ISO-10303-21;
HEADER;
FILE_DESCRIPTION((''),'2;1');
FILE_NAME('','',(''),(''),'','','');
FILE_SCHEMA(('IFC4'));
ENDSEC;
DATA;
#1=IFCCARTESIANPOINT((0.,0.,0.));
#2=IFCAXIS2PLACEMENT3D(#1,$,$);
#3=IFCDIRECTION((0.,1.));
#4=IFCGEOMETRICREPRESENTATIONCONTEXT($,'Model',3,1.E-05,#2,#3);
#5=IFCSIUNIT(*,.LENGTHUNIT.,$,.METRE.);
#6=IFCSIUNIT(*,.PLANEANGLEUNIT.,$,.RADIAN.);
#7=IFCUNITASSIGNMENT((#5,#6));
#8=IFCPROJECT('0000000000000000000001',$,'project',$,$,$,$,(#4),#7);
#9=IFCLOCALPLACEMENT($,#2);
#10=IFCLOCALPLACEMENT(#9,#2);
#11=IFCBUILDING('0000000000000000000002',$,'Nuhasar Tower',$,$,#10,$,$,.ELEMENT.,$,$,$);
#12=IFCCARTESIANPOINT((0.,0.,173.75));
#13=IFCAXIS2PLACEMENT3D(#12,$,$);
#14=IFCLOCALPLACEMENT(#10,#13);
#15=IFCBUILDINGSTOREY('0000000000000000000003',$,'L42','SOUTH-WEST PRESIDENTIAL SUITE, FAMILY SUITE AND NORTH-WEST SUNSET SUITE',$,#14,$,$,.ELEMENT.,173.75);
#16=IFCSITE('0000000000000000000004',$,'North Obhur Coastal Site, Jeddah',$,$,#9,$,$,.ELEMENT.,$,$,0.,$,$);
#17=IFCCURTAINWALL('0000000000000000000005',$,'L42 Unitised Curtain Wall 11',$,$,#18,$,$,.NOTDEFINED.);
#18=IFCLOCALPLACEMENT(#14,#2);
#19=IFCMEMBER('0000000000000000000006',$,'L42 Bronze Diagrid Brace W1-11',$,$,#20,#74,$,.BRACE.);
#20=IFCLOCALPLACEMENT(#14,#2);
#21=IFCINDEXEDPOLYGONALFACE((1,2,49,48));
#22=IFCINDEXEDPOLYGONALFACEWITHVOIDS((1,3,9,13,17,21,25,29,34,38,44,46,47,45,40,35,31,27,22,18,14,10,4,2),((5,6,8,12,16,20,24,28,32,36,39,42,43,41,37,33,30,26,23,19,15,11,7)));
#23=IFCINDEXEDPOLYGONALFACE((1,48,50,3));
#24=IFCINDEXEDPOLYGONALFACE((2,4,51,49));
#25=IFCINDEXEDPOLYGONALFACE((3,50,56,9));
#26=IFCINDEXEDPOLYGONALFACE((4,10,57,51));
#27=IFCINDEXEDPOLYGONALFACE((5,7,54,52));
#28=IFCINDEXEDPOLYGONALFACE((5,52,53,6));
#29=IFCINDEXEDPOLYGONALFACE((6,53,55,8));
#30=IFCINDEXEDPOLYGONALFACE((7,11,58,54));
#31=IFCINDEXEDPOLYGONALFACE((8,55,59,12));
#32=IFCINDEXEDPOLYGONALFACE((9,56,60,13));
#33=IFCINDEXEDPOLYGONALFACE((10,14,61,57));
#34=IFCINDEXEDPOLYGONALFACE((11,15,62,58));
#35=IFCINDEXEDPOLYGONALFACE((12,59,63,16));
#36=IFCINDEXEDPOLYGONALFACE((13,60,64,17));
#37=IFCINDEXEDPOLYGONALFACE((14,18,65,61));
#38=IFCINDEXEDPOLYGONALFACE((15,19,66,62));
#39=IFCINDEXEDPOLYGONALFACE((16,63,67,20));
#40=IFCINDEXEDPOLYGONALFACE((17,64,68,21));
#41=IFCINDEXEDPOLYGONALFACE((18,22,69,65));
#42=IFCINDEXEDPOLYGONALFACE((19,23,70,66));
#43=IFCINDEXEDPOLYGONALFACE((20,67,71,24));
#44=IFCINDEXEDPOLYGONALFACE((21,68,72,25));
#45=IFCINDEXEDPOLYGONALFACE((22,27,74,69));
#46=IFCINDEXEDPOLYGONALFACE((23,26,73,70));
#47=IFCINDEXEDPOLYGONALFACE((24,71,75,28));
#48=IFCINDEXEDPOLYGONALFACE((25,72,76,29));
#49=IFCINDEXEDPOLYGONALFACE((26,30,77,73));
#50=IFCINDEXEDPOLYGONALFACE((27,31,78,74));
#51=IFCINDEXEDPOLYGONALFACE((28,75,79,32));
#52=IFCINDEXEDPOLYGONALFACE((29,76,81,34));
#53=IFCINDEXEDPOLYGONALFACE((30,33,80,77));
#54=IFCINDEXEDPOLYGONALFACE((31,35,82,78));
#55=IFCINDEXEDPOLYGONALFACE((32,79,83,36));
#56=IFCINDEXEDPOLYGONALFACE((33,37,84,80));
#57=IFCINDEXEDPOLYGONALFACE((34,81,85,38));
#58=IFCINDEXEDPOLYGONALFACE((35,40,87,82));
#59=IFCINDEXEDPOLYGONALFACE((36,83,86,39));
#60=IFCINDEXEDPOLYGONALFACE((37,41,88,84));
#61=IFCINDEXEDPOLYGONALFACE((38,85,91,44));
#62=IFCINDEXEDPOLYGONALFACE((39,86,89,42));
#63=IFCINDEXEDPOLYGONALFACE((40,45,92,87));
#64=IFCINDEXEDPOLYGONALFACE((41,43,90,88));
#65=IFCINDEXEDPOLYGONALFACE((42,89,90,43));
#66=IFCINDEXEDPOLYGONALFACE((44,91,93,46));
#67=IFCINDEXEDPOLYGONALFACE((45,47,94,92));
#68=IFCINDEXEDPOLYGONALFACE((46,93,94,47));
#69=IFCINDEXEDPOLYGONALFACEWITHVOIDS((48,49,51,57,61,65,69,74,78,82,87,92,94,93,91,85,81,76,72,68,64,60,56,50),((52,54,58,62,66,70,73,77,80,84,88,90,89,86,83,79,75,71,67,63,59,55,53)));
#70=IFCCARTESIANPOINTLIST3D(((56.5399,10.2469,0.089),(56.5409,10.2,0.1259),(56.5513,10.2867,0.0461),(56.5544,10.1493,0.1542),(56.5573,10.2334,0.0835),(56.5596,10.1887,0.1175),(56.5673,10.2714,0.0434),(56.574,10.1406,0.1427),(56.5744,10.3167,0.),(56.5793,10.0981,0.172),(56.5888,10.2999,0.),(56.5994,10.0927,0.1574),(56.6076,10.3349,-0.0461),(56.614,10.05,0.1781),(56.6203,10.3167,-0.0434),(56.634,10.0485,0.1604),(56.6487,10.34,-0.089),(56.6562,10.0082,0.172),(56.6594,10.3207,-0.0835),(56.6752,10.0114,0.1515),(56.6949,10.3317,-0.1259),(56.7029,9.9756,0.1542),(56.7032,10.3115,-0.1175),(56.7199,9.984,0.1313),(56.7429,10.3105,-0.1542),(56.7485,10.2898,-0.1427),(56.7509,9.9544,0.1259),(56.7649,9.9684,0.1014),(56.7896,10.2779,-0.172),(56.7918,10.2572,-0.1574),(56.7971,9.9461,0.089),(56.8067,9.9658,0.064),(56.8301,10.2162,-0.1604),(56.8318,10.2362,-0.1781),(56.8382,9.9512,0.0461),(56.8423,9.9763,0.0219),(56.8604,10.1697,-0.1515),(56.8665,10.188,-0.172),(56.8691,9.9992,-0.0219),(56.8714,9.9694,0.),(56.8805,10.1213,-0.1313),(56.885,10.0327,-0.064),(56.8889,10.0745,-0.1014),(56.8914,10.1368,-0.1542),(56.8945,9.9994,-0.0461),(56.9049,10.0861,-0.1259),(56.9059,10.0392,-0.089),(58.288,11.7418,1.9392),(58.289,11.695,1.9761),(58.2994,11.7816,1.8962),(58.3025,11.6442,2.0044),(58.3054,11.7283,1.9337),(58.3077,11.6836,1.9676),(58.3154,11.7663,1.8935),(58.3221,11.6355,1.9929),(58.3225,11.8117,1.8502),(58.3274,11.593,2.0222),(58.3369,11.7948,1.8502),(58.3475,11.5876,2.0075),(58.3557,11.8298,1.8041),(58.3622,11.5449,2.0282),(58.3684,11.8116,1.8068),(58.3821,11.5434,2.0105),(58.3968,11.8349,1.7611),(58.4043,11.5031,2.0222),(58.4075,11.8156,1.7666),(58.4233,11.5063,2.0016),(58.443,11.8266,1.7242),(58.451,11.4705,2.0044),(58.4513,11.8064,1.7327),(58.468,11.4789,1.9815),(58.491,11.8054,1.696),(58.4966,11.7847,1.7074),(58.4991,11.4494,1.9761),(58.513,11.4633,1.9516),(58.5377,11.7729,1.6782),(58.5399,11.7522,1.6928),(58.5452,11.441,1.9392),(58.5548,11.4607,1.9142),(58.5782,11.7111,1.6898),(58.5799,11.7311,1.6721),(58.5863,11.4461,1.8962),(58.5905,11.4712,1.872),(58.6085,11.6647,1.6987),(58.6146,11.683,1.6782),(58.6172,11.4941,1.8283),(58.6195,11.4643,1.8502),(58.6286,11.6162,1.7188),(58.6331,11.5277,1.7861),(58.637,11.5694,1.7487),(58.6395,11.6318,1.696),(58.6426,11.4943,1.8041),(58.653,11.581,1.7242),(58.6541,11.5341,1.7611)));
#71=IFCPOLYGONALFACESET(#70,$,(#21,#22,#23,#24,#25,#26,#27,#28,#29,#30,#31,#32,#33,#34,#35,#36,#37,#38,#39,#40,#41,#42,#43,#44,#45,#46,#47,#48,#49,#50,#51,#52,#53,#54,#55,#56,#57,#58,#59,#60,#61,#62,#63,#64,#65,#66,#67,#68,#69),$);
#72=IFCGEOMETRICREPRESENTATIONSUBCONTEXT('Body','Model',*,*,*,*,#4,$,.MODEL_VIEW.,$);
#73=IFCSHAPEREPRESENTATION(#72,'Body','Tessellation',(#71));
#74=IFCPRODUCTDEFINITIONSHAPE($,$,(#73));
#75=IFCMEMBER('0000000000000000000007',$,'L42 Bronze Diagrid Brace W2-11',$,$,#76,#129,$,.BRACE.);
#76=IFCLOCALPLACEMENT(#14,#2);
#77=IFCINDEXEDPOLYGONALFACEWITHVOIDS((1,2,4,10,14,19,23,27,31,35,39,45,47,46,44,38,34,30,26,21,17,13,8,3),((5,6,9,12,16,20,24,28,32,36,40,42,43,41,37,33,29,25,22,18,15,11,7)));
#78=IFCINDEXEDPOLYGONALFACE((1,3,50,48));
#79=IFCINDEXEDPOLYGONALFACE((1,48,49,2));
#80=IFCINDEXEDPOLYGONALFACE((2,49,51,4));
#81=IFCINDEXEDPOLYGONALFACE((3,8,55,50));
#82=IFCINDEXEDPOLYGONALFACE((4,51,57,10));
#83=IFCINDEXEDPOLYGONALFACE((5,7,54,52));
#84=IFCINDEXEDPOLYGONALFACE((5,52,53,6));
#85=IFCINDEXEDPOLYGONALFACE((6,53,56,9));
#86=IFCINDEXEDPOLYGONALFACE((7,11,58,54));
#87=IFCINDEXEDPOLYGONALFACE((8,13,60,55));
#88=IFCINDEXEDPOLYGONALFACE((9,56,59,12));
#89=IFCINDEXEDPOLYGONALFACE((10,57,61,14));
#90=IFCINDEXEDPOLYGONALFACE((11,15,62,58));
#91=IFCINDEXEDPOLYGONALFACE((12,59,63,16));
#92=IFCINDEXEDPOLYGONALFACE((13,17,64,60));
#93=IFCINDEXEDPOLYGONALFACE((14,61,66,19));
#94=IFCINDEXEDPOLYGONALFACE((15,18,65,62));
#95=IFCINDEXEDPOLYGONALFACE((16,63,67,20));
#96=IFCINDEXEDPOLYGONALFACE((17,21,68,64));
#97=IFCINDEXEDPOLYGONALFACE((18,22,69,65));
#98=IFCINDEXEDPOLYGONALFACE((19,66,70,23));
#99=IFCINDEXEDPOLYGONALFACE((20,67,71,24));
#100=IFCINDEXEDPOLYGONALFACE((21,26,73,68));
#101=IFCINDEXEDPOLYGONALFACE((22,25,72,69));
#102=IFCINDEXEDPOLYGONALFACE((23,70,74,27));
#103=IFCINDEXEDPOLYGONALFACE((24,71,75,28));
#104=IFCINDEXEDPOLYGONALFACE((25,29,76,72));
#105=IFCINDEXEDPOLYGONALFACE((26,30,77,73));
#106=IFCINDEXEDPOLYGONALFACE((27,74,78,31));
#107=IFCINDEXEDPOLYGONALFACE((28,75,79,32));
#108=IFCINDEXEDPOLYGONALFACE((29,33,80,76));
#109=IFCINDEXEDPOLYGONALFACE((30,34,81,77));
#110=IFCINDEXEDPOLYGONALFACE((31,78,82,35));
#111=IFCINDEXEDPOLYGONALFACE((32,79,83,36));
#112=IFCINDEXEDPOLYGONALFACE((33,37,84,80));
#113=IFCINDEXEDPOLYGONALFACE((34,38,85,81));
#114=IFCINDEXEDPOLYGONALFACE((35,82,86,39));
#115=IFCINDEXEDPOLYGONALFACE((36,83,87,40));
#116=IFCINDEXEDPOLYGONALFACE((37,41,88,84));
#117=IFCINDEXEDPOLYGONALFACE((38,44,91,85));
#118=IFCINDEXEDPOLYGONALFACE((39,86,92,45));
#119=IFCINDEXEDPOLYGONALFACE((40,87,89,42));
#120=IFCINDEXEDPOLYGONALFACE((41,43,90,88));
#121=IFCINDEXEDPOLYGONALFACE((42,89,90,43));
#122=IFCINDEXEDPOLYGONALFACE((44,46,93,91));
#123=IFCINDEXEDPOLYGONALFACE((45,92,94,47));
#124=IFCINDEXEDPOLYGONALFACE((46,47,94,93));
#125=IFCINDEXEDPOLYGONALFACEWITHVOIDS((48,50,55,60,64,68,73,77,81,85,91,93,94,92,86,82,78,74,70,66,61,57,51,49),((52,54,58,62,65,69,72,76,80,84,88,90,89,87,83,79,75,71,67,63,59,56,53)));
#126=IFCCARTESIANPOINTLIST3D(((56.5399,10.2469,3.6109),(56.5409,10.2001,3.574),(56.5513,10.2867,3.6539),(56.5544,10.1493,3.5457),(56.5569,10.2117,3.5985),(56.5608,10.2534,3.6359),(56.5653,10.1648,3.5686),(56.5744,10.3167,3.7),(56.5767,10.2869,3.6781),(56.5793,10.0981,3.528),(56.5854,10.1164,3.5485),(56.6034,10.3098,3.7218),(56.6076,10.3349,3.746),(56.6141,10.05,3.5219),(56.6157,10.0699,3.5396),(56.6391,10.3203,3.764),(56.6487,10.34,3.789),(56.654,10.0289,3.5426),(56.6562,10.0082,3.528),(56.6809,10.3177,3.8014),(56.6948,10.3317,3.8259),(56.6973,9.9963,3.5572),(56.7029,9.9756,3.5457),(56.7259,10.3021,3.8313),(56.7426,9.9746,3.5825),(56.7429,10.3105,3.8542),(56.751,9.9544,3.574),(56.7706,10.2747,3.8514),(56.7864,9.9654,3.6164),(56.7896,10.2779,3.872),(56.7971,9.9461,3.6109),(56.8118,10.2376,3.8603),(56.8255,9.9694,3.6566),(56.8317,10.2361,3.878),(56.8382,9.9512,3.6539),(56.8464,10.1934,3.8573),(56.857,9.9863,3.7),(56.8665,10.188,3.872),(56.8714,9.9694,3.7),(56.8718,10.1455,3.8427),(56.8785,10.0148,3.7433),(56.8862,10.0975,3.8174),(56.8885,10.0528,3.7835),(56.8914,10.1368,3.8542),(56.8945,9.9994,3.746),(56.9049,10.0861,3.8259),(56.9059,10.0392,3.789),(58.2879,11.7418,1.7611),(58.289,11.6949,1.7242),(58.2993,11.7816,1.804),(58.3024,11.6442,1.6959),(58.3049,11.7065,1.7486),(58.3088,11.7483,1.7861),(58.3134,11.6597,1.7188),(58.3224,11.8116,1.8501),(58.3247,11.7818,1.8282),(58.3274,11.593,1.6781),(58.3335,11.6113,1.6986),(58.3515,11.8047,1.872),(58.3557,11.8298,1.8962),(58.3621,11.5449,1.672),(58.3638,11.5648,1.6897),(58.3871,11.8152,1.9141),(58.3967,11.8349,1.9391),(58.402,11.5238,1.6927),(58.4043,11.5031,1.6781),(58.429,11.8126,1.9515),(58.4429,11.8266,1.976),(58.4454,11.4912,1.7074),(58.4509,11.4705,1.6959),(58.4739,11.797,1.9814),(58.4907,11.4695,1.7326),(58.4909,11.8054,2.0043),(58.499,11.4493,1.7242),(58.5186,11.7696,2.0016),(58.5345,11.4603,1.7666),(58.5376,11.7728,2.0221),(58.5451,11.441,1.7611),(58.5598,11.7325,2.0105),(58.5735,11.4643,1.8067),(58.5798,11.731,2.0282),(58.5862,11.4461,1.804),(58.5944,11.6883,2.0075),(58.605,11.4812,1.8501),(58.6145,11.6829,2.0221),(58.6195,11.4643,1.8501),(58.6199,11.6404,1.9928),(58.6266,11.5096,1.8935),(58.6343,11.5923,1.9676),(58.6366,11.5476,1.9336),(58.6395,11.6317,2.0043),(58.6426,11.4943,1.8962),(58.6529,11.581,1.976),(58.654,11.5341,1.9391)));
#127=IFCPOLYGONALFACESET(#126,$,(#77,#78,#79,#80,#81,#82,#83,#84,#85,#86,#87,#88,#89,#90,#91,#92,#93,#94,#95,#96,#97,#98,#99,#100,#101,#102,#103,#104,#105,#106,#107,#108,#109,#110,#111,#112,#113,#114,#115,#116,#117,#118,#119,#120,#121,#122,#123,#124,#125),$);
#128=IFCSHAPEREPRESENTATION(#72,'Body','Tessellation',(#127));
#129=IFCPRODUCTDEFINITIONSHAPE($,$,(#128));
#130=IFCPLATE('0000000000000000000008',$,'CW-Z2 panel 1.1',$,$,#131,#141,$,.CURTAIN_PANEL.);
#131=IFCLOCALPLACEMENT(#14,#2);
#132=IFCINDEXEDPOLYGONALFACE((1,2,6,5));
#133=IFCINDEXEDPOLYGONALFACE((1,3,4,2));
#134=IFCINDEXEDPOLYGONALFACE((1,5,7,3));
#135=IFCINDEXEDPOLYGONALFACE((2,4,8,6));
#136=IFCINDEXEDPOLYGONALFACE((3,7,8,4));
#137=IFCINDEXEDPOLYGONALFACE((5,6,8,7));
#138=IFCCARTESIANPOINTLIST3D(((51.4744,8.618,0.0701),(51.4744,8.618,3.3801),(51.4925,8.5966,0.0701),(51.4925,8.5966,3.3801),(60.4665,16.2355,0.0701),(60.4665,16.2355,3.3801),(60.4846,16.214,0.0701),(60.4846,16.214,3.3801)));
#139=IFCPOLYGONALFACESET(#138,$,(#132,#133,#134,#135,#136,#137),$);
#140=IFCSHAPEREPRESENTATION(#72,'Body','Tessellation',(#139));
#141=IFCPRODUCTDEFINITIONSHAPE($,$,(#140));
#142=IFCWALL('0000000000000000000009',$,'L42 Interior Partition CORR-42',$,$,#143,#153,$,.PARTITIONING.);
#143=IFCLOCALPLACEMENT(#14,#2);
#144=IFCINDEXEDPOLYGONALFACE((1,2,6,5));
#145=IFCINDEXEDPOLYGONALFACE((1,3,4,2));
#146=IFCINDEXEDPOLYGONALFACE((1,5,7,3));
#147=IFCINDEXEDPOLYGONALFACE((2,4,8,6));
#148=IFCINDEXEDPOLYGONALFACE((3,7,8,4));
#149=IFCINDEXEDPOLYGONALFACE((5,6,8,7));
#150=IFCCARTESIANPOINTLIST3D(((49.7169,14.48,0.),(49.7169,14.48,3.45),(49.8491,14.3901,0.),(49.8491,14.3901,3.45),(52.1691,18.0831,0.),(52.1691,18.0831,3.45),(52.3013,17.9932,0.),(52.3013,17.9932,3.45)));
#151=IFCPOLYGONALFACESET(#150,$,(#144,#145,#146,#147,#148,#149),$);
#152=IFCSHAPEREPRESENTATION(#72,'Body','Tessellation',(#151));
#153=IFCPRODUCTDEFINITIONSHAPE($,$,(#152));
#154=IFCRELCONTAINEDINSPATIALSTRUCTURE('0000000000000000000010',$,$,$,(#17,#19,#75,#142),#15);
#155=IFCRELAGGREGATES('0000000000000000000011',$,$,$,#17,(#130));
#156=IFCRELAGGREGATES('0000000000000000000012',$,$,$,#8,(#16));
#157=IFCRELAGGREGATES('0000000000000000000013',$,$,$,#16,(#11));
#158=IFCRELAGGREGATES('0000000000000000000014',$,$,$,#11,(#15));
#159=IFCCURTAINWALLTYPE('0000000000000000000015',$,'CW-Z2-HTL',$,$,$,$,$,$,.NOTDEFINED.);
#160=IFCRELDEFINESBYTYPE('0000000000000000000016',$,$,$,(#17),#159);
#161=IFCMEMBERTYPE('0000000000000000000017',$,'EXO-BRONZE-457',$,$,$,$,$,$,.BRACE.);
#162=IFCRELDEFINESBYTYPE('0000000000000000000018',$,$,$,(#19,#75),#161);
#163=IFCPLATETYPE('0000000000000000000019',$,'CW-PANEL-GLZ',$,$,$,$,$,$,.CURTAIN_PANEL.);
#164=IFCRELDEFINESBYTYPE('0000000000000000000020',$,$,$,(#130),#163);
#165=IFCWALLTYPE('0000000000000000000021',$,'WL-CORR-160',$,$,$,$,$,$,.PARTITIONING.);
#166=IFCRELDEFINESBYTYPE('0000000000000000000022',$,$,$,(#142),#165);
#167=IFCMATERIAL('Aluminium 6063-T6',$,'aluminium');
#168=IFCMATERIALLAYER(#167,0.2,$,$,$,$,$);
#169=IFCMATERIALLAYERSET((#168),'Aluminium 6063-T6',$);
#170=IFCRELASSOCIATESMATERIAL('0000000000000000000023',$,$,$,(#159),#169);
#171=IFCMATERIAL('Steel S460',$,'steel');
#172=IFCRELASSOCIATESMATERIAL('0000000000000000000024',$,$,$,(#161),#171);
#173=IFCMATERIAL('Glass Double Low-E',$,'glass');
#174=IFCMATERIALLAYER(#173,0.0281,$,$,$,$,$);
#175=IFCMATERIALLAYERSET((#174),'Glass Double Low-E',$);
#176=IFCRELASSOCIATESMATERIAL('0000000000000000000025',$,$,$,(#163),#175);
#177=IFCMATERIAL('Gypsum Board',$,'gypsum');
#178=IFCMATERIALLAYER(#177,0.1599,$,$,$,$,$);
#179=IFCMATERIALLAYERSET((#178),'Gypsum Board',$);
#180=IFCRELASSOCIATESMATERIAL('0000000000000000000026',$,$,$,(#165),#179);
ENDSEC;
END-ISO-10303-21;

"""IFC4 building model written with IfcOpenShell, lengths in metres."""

from ifc_helpers import new_model, si_unit, direction, frame, frame_2d, origin, origin_2d, place, context, subcontext, project, spatial, rectangle, hollow_circle, extrude, material, layer, layer_set, material_profile, profile_set, type_object, element, aggregate, save


model = new_model("IFC4")

# Units and contexts
model_context = context("Model", 3, precision=1e-05, world=origin(), true_north=direction((0.0, 1.0)))
body_context = subcontext(model_context, "Body", "Model", "MODEL_VIEW")
ifc_project = project(units=[si_unit("LENGTHUNIT", "METRE"), si_unit("PLANEANGLEUNIT", "RADIAN")], contexts=[model_context])

# Site, building, storey
site_placement = place(None, origin())
site = spatial("IfcSite", under=ifc_project, at=site_placement, Name="North Obhur Coastal Site, Jeddah", CompositionType="ELEMENT", RefElevation=0.0)
building_placement = place(site_placement, origin())
building = spatial("IfcBuilding", under=site, at=building_placement, Name="Nuhasar Tower", CompositionType="ELEMENT")
storey_placement = place(building_placement, frame((0.0, 0.0, 173.75)))
storey = spatial("IfcBuildingStorey", under=building, at=storey_placement, Name="L42", Description="SOUTH-WEST PRESIDENTIAL SUITE, FAMILY SUITE AND NORTH-WEST SUNSET SUITE", CompositionType="ELEMENT", Elevation=173.75)

# Shared definitions
ifc_material_1 = material(Name="Aluminium 6063-T6", Category="aluminium")
ifc_layer_1 = layer(ifc_material_1, 0.2)
ifc_layer_set_1 = layer_set([ifc_layer_1], Name="Aluminium 6063-T6")
curtain_wall_type = type_object("IfcCurtainWallType", Name="CW-Z2-HTL", PredefinedType="NOTDEFINED", material=ifc_layer_set_1)

# Curtain wall
curtain_wall_1_placement = place(storey_placement, origin())
curtain_wall_1 = element("IfcCurtainWall", 1, at=curtain_wall_1_placement, inside=storey, type_object=curtain_wall_type, Name="L42 Unitised Curtain Wall 11", PredefinedType="NOTDEFINED")

# Members
ifc_material_2 = material(Name="Steel S460", Category="steel")
ifc_material_profile_1 = material_profile(ifc_material_2, hollow_circle(Radius=0.2285, WallThickness=0.0222, at=origin_2d()), Name="HSS457X22.2")
ifc_profile_set_1 = profile_set([ifc_material_profile_1], Name="Steel S460")
member_type_1 = type_object("IfcMemberType", Name="EXO-BRONZE-457", PredefinedType="BRACE", material=ifc_profile_set_1)
member_1_placement = place(storey_placement, frame((56.7229, 10.1431, 0.0), z_axis=(0.592195, 0.506426, 0.626767), x_axis=(-0.649926, 0.759998, 0.0)))
element("IfcMember", 2, at=member_1_placement, inside=storey, type_object=member_type_1, Name="L42 Bronze Diagrid Brace W1-11", PredefinedType="BRACE", context=body_context, shape_type="SweptSolid", body=[
    extrude(hollow_circle(Radius=0.2285, WallThickness=0.0222, at=origin_2d()), origin(), (0.0, 0.0, 1.0), 2.9519),
])
member_2_placement = place(storey_placement, frame((58.4709, 11.6379, 1.8501), z_axis=(-0.592226, -0.506452, 0.626717), x_axis=(0.649926, -0.759998, 0.0)))
element("IfcMember", 3, at=member_2_placement, inside=storey, type_object=member_type_1, Name="L42 Bronze Diagrid Brace W2-11", PredefinedType="BRACE", context=body_context, shape_type="SweptSolid", body=[
    extrude(hollow_circle(Radius=0.2285, WallThickness=0.0222, at=origin_2d()), origin(), (0.0, 0.0, 1.0), 2.9517),
])

# Plate
ifc_material_3 = material(Name="Glass Double Low-E", Category="glass")
ifc_layer_2 = layer(ifc_material_3, 0.0281)
ifc_layer_set_2 = layer_set([ifc_layer_2], Name="Glass Double Low-E")
plate_type = type_object("IfcPlateType", Name="CW-PANEL-GLZ", PredefinedType="CURTAIN_PANEL", material=ifc_layer_set_2)
plate_placement = place(storey_placement, frame((55.9795, 12.416, 0.0701), z_axis=(0.0, 0.0, 1.0), x_axis=(0.76302, 0.646374, 0.0)))
plate = element("IfcPlate", 4, at=plate_placement, type_object=plate_type, Name="CW-Z2 panel 1.1", PredefinedType="CURTAIN_PANEL", context=body_context, shape_type="SweptSolid", body=[
    extrude(rectangle(XDim=11.7849, YDim=0.0281, at=origin_2d()), origin(), (0.0, 0.0, 1.0), 3.3101),
])
aggregate(curtain_wall_1, [plate])

# Shared definitions
ifc_material_4 = material(Name="Gypsum Board", Category="gypsum")
ifc_layer_3 = layer(ifc_material_4, 0.1599)
ifc_layer_set_3 = layer_set([ifc_layer_3], Name="Gypsum Board")
wall_type = type_object("IfcWallType", Name="WL-CORR-160", PredefinedType="PARTITIONING", material=ifc_layer_set_3)

# Wall
wall_1_placement = place(storey_placement, frame((49.783, 14.4351, 0.0), z_axis=(0.0, 0.0, 1.0), x_axis=(0.562638, 0.826703, 0.0)))
element("IfcWall", 5, at=wall_1_placement, inside=storey, type_object=wall_type, Name="L42 Interior Partition CORR-42", PredefinedType="PARTITIONING", context=body_context, shape_type="SweptSolid", body=[
    extrude(rectangle(XDim=4.3584, YDim=0.1599, at=frame_2d((2.1792, 0.0))), origin(), (0.0, 0.0, 1.0), 3.45),
])

save(model, "model.ifc")
